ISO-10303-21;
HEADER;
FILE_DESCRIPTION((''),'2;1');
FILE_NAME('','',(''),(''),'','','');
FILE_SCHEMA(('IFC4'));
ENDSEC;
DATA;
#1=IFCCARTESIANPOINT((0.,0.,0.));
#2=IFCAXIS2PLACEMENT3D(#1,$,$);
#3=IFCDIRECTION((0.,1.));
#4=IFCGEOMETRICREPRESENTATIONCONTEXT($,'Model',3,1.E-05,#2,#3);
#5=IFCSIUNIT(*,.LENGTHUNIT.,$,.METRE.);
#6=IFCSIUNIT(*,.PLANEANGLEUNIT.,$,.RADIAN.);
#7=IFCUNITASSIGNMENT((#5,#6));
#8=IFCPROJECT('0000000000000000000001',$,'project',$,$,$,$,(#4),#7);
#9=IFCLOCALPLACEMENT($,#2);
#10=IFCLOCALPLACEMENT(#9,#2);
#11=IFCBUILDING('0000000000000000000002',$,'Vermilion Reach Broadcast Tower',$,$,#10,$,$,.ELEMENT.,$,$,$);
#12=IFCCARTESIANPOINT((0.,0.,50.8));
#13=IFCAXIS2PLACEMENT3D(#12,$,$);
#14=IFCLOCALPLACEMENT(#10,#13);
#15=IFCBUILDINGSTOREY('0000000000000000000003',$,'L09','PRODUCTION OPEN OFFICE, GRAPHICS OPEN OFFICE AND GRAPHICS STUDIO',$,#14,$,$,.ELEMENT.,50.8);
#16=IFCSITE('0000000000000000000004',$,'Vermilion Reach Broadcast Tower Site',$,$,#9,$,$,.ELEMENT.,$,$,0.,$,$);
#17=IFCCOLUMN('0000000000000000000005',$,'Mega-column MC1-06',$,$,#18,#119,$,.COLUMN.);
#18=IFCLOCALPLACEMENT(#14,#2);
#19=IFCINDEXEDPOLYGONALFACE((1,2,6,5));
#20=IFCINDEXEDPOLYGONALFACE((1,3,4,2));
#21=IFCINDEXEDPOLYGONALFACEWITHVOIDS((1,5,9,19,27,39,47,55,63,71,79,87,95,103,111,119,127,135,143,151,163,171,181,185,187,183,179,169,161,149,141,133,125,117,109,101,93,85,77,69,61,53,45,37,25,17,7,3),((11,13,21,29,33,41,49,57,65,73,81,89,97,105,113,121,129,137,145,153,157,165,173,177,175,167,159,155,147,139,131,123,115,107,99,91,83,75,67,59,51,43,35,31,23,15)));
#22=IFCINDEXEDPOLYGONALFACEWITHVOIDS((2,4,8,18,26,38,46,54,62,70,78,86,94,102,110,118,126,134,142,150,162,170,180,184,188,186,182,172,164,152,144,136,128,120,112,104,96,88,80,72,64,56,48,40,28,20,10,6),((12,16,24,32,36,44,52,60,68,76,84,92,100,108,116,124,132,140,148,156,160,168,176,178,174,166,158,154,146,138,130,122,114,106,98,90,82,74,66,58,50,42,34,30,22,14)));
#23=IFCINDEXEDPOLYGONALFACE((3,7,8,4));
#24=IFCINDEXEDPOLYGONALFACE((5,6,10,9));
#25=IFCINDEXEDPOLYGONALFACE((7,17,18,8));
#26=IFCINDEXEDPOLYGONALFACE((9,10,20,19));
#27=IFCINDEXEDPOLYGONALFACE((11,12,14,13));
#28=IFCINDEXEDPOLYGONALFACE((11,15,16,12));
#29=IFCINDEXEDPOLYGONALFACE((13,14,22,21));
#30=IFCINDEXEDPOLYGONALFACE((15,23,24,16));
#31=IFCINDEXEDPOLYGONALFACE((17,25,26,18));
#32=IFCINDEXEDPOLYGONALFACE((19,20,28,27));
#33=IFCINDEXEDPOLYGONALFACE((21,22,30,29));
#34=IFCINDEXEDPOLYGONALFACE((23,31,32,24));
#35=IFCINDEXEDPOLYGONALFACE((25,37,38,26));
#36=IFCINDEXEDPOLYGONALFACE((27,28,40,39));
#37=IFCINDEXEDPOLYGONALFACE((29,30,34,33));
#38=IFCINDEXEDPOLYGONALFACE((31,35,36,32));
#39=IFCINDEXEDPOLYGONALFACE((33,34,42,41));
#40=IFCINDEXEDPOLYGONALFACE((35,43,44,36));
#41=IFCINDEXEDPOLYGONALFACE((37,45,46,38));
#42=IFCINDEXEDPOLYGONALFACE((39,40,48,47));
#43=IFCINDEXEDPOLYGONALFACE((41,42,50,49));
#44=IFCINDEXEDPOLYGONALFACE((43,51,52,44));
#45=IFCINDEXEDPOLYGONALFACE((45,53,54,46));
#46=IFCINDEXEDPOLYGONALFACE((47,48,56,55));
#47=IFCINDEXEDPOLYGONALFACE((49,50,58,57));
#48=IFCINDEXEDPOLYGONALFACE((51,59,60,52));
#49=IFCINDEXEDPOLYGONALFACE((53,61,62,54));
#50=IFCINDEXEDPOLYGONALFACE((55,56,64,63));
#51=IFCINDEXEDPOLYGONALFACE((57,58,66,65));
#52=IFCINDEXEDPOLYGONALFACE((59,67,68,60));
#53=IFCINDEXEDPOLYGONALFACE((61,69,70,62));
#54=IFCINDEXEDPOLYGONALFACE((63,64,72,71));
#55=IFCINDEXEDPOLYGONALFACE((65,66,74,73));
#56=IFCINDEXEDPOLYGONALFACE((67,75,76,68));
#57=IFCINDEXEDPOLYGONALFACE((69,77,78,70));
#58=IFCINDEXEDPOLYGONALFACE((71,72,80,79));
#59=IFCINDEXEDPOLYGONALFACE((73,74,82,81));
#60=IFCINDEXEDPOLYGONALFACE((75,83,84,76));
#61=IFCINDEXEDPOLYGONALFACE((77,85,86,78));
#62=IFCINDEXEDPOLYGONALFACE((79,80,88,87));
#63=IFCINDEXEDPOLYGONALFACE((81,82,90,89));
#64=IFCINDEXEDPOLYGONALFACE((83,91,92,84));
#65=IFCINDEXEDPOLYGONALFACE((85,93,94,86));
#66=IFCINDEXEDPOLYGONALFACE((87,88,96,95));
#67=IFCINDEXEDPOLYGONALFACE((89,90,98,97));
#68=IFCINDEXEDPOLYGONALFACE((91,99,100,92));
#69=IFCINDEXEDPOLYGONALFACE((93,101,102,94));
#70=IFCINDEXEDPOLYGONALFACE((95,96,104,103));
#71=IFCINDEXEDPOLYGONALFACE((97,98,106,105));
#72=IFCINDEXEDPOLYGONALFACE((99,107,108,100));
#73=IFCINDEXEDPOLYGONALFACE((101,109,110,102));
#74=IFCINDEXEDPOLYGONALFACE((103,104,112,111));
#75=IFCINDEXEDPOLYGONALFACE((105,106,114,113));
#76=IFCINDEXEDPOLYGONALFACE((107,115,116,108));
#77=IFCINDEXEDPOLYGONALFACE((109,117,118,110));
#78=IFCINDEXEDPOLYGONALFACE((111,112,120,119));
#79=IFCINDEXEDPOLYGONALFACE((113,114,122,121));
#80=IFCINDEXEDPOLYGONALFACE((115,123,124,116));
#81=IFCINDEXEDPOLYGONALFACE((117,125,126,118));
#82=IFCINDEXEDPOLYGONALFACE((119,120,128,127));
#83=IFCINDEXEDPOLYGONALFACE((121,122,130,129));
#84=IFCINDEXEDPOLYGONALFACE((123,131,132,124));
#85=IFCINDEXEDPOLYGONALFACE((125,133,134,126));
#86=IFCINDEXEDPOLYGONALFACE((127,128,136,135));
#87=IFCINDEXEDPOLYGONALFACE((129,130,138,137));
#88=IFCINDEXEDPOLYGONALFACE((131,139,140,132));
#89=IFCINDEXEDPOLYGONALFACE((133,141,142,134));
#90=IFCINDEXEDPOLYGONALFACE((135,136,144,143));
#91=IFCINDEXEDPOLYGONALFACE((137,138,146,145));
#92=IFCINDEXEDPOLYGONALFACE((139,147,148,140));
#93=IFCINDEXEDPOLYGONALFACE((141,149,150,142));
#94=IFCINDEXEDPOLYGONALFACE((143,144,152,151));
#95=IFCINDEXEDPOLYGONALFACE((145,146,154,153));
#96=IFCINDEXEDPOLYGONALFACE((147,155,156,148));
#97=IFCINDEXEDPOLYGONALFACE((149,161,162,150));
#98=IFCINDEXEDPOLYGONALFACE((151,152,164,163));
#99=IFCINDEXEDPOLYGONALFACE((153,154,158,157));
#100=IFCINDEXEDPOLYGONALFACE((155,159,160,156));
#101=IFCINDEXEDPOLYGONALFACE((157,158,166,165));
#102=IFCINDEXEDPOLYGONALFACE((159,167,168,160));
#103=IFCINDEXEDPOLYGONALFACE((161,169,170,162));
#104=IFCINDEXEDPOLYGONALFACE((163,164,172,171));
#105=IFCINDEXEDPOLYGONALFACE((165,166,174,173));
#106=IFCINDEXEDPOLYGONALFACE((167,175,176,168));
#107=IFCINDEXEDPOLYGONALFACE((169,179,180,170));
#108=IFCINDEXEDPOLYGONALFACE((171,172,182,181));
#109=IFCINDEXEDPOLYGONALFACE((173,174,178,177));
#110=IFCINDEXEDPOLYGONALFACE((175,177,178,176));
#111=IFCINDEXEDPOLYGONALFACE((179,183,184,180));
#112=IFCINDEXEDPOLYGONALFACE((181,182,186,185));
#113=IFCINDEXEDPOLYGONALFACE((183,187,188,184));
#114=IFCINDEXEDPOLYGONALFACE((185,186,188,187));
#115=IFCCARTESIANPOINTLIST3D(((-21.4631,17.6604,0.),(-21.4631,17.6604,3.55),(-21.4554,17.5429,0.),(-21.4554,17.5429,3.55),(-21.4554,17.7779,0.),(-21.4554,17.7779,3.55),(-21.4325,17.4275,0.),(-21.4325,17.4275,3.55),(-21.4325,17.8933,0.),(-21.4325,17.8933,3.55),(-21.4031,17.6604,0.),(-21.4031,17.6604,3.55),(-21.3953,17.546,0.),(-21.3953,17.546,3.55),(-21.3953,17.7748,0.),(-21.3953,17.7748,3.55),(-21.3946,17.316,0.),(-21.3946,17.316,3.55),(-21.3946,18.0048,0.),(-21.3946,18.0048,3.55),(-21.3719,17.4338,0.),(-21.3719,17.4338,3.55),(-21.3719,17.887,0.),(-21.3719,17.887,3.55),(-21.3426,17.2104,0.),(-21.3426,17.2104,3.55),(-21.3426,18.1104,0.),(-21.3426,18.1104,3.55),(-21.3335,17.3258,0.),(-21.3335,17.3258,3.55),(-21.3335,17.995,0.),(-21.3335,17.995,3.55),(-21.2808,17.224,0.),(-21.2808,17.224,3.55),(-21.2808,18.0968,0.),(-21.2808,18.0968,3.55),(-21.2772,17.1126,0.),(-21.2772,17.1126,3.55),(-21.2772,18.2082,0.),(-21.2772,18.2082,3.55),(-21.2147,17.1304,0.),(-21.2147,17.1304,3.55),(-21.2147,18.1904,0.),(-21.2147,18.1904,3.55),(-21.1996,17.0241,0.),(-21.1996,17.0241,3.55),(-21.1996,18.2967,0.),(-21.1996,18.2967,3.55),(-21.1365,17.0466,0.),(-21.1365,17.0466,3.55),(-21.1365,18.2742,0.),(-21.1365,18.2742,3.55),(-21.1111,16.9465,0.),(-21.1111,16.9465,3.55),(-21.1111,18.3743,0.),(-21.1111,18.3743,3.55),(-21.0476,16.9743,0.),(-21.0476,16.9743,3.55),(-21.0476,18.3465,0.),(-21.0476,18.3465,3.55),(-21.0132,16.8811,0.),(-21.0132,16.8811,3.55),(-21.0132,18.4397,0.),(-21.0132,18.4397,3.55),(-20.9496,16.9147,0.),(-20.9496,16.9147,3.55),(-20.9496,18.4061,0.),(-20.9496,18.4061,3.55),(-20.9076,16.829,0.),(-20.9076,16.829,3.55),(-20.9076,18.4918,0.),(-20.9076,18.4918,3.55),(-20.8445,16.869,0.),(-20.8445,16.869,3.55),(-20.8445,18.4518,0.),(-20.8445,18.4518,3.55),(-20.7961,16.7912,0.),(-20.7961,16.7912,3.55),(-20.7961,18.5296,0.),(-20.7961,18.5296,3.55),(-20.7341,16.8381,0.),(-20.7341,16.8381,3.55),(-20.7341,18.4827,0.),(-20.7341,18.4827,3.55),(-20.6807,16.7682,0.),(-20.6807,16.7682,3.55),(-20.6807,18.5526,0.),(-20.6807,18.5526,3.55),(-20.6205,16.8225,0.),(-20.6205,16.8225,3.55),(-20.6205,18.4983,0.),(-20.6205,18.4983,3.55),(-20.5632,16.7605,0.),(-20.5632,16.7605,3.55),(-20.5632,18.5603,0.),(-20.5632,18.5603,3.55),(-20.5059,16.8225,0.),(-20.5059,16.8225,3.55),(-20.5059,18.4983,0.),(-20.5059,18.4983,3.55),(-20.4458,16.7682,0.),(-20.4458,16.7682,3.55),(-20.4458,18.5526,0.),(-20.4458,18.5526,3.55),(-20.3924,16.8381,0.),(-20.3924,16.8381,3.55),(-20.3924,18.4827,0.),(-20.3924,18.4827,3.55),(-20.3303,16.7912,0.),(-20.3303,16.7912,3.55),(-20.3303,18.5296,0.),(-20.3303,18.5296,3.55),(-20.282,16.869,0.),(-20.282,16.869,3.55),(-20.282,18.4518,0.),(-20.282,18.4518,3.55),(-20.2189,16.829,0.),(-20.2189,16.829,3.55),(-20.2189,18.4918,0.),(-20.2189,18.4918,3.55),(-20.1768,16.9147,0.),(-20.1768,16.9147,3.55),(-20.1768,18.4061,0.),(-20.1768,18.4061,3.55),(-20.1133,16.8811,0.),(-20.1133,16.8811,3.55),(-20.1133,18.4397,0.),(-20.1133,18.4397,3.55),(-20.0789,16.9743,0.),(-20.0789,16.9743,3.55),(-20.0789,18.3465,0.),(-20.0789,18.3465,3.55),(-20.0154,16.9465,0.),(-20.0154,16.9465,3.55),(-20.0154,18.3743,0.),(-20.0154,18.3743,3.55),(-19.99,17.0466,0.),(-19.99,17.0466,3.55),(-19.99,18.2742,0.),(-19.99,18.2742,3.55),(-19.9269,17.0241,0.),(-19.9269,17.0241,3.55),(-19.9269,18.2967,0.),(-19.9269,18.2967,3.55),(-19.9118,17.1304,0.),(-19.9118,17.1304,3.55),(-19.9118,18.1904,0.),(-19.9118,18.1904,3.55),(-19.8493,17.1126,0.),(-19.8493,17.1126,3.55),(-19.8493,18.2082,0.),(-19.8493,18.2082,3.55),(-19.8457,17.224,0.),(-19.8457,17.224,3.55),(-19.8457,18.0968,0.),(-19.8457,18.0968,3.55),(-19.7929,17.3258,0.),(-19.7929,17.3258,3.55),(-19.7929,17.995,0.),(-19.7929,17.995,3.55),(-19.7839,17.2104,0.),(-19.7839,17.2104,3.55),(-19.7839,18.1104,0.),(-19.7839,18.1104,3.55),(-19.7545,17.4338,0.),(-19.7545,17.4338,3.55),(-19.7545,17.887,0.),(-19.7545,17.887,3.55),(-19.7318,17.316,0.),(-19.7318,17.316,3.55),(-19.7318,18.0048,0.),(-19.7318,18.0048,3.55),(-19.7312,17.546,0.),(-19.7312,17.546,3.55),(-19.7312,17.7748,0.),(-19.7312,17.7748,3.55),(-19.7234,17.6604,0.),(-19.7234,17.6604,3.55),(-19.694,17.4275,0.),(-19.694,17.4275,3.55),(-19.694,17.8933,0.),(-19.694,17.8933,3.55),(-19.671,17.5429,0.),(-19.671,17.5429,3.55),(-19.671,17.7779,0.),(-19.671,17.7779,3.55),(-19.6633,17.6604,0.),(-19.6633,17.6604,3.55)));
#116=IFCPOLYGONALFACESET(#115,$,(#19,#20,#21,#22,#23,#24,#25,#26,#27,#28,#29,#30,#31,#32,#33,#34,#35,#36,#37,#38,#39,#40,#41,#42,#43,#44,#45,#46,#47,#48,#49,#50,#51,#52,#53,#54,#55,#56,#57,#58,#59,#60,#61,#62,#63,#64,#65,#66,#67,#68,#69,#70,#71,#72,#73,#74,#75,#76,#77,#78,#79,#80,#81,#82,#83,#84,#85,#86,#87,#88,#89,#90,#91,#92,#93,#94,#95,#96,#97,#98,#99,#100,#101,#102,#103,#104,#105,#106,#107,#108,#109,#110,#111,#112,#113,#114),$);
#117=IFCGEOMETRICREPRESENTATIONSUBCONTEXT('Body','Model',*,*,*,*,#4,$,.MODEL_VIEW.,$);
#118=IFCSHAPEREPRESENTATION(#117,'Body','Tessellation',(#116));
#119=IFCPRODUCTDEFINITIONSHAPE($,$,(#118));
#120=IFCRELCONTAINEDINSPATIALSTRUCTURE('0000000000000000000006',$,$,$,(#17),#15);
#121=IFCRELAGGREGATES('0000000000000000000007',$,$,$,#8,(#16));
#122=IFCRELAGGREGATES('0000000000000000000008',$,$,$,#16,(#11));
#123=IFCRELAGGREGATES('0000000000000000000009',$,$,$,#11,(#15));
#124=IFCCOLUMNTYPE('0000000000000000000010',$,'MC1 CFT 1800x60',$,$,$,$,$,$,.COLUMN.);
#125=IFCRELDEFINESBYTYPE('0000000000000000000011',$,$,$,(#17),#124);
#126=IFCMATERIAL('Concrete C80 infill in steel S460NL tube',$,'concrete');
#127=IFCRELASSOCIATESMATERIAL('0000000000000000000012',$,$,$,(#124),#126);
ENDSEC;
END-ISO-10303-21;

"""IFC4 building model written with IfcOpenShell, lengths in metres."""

from ifc_helpers import new_model, si_unit, direction, frame, origin, origin_2d, place, context, subcontext, project, spatial, hollow_circle, extrude, material, material_profile, profile_set, type_object, element, save


model = new_model("IFC4")

# Units and contexts
model_context = context("Model", 3, precision=1e-05, world=origin(), true_north=direction((0.0, 1.0)))
body_context = subcontext(model_context, "Body", "Model", "MODEL_VIEW")
ifc_project = project(units=[si_unit("LENGTHUNIT", "METRE"), si_unit("PLANEANGLEUNIT", "RADIAN")], contexts=[model_context])

# Site, building, storey
site_placement = place(None, origin())
site = spatial("IfcSite", under=ifc_project, at=site_placement, Name="Vermilion Reach Broadcast Tower Site", CompositionType="ELEMENT", RefElevation=0.0)
building_placement = place(site_placement, origin())
building = spatial("IfcBuilding", under=site, at=building_placement, Name="Vermilion Reach Broadcast Tower", CompositionType="ELEMENT")
storey_placement = place(building_placement, frame((0.0, 0.0, 50.8)))
storey = spatial("IfcBuildingStorey", under=building, at=storey_placement, Name="L09", Description="PRODUCTION OPEN OFFICE, GRAPHICS OPEN OFFICE AND GRAPHICS STUDIO", CompositionType="ELEMENT", Elevation=50.8)

# Column
ifc_material_1 = material(Name="Concrete C80 infill in steel S460NL tube", Category="concrete")
ifc_material_profile_1 = material_profile(ifc_material_1, hollow_circle(Radius=0.8999, WallThickness=0.0601, at=origin_2d()), Name="Concrete C80 infill in steel S460NL tube CFT 1800x60")
ifc_profile_set_1 = profile_set([ifc_material_profile_1], Name="Concrete C80 infill in steel S460NL tube")
column_type = type_object("IfcColumnType", Name="MC1 CFT 1800x60", PredefinedType="COLUMN", material=ifc_profile_set_1)
for number, where, z_axis, x_axis, name in (
    (1, (-20.5632, 17.6604, 0.0), (0.0, 0.0, 1.0), (1.0, 0.0, 0.0), "Mega-column MC1-06"),
):
    element("IfcColumn", number, at=place(storey_placement, frame(where, z_axis=z_axis, x_axis=x_axis)), inside=storey, type_object=column_type, Name=name, PredefinedType="COLUMN", context=body_context, shape_type="SweptSolid", body=[
        extrude(hollow_circle(Radius=0.8999, WallThickness=0.0601, at=origin_2d()), origin(), (0.0, 0.0, 1.0), 3.55),
    ])

save(model, "model.ifc")
